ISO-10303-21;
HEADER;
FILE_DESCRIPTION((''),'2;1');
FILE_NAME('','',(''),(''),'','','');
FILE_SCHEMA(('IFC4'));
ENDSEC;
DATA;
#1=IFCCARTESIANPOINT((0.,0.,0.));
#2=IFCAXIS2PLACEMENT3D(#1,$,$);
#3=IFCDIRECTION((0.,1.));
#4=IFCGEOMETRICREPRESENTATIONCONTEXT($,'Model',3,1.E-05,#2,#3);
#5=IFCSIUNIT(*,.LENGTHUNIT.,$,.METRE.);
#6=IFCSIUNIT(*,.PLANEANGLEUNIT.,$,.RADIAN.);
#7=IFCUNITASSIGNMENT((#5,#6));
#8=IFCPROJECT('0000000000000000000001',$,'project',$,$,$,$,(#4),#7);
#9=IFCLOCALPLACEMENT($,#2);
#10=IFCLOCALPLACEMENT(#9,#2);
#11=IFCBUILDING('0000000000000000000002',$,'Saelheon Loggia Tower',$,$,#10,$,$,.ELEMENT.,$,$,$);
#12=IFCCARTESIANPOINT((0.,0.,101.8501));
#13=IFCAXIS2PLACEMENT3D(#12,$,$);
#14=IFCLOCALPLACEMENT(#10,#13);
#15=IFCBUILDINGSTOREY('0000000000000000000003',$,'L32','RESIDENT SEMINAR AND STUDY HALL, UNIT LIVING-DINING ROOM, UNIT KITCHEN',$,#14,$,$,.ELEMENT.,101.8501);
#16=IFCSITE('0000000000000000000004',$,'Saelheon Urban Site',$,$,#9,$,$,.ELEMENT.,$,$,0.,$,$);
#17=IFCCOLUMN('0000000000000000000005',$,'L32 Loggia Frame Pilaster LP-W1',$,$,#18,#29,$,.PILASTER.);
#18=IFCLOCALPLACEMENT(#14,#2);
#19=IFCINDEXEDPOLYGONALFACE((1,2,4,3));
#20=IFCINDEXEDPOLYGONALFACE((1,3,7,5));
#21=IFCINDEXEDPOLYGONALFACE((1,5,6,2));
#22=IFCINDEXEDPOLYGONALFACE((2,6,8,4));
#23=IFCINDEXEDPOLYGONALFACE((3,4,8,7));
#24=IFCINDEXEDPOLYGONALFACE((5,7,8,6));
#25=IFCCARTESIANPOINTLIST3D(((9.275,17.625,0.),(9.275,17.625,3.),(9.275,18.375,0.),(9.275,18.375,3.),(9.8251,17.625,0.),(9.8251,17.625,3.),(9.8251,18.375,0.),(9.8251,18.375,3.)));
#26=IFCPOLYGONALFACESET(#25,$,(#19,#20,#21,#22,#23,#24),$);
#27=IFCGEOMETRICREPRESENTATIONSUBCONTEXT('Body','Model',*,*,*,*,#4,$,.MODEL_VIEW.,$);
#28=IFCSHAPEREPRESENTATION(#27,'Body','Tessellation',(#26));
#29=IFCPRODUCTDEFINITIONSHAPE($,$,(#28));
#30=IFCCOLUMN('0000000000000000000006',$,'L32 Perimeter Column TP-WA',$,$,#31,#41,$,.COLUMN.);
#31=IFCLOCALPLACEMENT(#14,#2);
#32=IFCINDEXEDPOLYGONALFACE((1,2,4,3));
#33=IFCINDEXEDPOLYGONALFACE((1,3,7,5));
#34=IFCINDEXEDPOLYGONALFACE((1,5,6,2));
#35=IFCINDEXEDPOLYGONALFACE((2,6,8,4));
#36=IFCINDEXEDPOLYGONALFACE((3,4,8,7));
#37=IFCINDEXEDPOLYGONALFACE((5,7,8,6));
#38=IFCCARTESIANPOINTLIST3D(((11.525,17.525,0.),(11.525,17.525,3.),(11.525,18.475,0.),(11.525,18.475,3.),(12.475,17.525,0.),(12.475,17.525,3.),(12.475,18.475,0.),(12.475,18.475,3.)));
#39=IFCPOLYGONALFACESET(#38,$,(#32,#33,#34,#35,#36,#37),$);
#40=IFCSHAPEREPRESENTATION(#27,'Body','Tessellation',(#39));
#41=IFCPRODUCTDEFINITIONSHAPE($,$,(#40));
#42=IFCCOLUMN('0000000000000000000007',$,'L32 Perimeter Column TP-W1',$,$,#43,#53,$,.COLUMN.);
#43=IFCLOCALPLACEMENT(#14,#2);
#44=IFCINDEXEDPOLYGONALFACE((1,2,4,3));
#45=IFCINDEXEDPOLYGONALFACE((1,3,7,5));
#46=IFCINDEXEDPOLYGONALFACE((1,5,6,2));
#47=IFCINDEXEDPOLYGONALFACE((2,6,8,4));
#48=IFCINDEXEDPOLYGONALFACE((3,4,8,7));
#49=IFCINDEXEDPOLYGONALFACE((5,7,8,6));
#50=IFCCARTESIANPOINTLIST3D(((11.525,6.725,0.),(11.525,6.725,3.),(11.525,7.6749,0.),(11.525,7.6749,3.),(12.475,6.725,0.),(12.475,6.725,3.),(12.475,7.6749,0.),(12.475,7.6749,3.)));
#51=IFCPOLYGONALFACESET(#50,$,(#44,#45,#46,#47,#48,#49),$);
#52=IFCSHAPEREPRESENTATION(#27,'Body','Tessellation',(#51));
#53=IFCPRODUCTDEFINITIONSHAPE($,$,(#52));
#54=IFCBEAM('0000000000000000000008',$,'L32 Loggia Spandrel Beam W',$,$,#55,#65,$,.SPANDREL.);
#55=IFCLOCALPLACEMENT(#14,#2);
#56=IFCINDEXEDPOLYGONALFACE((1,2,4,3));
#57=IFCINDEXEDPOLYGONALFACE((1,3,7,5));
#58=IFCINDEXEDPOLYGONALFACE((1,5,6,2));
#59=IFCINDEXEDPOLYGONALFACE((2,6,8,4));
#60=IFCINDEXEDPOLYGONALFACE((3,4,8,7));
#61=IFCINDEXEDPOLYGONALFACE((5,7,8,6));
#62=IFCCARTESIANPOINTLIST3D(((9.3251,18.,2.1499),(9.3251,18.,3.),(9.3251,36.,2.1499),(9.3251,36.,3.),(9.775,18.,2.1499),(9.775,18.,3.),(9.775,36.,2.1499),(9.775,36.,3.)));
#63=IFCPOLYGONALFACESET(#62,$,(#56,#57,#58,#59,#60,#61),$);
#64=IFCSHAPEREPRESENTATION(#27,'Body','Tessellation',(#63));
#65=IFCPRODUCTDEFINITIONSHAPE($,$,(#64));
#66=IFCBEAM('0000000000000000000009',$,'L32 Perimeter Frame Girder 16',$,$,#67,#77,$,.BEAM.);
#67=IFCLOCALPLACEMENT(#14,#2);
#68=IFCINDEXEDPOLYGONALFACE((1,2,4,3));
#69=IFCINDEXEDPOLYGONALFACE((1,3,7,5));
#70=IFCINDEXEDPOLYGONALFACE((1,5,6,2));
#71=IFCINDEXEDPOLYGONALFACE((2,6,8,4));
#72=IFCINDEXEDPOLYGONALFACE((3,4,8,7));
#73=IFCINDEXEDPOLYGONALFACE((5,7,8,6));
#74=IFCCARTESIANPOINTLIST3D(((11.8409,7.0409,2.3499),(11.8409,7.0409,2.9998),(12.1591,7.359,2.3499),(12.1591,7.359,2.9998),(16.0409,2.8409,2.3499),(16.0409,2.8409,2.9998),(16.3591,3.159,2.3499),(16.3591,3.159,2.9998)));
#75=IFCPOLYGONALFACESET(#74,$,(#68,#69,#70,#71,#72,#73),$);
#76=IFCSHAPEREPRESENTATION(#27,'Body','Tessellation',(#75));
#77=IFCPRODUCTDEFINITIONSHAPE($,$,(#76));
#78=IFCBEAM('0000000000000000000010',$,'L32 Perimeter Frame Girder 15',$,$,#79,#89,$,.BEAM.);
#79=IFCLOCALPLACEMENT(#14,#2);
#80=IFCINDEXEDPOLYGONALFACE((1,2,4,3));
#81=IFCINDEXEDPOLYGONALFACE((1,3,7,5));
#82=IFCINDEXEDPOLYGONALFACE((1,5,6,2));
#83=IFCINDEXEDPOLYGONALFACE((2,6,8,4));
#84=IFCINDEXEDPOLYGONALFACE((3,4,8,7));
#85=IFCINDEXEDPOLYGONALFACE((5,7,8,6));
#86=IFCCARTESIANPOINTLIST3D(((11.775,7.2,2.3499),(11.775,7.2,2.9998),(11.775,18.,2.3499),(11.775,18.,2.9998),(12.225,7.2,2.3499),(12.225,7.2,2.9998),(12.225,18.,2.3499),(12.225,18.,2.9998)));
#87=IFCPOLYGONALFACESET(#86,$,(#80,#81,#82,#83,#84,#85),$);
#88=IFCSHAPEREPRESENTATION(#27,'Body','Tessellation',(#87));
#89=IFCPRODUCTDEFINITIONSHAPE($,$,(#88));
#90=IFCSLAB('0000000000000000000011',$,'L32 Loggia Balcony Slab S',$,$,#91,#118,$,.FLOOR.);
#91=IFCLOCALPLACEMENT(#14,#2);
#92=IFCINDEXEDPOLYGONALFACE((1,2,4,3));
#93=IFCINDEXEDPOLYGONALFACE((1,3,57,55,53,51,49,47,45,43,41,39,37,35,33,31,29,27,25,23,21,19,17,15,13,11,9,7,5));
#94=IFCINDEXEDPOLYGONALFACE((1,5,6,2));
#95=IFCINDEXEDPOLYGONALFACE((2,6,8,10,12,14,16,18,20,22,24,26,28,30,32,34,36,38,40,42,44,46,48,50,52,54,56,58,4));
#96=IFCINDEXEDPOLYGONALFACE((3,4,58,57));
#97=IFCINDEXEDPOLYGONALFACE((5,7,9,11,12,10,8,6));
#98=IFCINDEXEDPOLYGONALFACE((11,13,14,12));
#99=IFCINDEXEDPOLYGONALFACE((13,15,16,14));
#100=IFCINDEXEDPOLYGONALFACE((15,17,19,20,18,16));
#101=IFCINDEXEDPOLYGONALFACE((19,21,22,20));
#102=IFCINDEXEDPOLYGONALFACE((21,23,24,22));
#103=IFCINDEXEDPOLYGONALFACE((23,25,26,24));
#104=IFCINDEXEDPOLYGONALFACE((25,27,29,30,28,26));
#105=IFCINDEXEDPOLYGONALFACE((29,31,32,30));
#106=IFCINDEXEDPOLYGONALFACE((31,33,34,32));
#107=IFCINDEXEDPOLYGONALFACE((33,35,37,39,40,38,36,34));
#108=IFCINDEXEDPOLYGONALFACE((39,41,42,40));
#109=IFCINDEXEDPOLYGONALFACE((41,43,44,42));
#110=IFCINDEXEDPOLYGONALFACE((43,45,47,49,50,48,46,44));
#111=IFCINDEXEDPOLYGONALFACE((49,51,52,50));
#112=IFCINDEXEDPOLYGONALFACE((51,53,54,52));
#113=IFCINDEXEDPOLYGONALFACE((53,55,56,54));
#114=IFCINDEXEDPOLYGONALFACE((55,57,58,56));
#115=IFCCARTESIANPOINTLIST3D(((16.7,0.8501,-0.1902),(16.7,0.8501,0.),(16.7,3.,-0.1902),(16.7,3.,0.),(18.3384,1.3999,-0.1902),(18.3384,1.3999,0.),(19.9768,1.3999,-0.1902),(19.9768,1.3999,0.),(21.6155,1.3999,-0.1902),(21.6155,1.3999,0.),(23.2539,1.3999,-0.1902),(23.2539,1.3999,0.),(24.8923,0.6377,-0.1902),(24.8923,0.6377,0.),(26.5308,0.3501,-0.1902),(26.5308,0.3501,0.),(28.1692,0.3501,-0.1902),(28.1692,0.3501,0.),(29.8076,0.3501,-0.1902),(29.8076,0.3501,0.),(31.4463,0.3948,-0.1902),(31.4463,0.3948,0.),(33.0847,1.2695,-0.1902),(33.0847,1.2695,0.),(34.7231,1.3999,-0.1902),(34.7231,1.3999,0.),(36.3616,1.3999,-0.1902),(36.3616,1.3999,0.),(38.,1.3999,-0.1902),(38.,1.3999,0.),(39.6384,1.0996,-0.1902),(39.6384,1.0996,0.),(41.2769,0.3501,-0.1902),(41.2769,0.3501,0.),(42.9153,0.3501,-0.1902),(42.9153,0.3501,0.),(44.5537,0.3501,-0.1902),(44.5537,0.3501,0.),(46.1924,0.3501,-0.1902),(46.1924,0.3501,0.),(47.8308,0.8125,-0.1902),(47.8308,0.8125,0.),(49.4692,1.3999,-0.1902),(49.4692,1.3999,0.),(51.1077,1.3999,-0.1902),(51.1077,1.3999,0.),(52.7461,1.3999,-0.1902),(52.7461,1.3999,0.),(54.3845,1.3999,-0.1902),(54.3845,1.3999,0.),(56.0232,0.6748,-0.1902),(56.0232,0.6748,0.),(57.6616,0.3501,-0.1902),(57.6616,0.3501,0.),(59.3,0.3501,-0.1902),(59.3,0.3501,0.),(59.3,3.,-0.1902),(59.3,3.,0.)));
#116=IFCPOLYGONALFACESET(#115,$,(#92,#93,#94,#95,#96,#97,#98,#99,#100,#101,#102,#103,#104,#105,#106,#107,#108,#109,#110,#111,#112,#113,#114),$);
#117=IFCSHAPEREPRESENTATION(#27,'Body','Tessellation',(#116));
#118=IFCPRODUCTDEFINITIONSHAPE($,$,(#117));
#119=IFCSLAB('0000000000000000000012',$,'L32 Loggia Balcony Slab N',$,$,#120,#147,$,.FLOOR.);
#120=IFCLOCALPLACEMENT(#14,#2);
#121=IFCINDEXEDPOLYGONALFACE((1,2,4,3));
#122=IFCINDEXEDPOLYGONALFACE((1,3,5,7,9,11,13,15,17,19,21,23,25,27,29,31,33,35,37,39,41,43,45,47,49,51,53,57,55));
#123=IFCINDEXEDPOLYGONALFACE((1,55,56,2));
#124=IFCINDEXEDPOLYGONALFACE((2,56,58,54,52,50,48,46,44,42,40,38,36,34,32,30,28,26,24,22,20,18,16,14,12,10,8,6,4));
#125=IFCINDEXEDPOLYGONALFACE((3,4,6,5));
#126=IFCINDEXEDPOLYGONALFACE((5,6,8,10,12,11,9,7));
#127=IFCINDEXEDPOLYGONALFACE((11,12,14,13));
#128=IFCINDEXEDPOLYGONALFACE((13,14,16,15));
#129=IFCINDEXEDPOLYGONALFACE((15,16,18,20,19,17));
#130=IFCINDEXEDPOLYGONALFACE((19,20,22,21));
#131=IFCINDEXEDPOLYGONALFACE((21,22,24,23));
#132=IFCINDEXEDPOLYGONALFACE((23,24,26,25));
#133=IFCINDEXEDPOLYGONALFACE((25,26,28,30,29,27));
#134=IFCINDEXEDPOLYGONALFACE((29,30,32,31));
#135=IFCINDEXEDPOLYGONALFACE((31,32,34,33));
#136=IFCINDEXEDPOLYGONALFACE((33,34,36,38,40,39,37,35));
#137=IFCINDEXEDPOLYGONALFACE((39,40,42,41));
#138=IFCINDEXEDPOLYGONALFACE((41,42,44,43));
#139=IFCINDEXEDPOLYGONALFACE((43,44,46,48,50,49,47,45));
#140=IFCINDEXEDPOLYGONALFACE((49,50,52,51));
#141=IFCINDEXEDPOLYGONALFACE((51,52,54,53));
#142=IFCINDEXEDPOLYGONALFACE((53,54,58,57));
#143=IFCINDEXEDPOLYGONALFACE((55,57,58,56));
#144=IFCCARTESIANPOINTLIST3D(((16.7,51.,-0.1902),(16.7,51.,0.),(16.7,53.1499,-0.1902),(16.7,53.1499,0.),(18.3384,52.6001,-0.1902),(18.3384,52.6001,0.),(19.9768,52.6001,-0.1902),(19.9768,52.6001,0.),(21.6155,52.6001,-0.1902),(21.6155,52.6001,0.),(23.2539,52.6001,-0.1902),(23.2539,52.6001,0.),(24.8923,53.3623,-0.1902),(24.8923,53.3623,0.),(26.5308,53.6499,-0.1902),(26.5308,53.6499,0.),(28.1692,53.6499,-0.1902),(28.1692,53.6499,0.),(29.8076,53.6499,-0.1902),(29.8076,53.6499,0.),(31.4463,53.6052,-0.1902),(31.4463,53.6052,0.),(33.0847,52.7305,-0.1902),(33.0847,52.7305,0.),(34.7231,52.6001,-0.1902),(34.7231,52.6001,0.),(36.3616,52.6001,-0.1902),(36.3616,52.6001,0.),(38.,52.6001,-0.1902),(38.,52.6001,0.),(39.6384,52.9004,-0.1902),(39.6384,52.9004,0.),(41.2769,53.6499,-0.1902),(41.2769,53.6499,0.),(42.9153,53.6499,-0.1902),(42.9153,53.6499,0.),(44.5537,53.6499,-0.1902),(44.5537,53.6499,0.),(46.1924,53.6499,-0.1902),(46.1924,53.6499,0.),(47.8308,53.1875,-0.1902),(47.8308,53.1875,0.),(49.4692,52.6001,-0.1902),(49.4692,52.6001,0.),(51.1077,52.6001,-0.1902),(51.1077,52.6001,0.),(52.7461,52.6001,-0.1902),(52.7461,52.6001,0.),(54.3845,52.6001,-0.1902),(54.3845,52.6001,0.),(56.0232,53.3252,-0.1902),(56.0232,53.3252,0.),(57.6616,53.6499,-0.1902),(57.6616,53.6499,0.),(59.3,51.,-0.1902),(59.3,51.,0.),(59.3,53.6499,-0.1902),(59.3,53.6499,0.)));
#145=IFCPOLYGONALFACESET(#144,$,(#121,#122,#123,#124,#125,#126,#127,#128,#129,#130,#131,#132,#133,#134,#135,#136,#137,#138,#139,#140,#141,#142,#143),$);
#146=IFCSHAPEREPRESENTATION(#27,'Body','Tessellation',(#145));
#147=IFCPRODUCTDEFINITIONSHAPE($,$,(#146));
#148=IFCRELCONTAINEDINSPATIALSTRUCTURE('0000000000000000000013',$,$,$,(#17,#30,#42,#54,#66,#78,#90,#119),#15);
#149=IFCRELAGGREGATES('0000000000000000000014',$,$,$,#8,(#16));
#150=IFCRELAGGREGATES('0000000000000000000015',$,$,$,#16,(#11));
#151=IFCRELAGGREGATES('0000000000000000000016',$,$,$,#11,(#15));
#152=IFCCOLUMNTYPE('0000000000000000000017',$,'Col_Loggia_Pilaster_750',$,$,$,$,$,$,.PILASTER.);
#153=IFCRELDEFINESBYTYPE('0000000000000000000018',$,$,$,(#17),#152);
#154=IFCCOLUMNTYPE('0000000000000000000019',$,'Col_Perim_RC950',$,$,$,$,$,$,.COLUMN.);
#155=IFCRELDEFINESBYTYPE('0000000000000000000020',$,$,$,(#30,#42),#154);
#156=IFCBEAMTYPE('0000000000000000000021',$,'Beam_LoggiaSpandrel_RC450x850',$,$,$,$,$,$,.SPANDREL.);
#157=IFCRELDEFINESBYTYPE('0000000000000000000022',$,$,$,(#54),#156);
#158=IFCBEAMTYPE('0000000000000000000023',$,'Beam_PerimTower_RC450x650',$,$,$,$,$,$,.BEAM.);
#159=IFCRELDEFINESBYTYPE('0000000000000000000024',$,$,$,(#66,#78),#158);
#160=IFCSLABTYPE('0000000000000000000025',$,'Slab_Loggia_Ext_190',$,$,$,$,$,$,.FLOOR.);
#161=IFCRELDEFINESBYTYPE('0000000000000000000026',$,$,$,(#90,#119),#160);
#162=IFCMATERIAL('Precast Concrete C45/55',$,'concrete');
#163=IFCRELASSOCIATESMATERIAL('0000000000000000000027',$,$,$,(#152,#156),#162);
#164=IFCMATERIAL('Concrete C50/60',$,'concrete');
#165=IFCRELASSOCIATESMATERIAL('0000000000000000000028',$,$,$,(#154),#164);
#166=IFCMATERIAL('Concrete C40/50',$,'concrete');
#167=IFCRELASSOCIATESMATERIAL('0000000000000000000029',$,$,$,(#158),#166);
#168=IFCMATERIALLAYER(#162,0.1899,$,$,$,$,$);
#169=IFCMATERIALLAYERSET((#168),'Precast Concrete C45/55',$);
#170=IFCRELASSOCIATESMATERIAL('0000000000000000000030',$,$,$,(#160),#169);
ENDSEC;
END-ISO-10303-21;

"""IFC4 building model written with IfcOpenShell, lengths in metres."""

from ifc_helpers import new_model, si_unit, direction, frame, origin, origin_2d, place, context, subcontext, project, spatial, polyline, rectangle, outline, extrude, source, transform, mapped, material, layer, layer_set, material_profile, profile_set, type_object, element, save


model = new_model("IFC4")

# Units and contexts
model_context = context("Model", 3, precision=1e-05, world=origin(), true_north=direction((0.0, 1.0)))
body_context = subcontext(model_context, "Body", "Model", "MODEL_VIEW")
ifc_project = project(units=[si_unit("LENGTHUNIT", "METRE"), si_unit("PLANEANGLEUNIT", "RADIAN")], contexts=[model_context])

# Site, building, storey
site_placement = place(None, origin())
site = spatial("IfcSite", under=ifc_project, at=site_placement, Name="Saelheon Urban Site", CompositionType="ELEMENT", RefElevation=0.0)
building_placement = place(site_placement, origin())
building = spatial("IfcBuilding", under=site, at=building_placement, Name="Saelheon Loggia Tower", CompositionType="ELEMENT")
storey_placement = place(building_placement, frame((0.0, 0.0, 101.8501)))
storey = spatial("IfcBuildingStorey", under=building, at=storey_placement, Name="L32", Description="RESIDENT SEMINAR AND STUDY HALL, UNIT LIVING-DINING ROOM, UNIT KITCHEN", CompositionType="ELEMENT", Elevation=101.8501)

# Columns
ifc_material_1 = material(Name="Precast Concrete C45/55", Category="concrete")
ifc_material_profile_1 = material_profile(ifc_material_1, rectangle(XDim=0.55, YDim=0.75, at=origin_2d()), Name="RC-550x750")
ifc_profile_set_1 = profile_set([ifc_material_profile_1], Name="Precast Concrete C45/55")
column_type_1 = type_object("IfcColumnType", Name="Col_Loggia_Pilaster_750", PredefinedType="PILASTER", material=ifc_profile_set_1)
shared_shape_1 = source(origin(), body_context, "Body", "SweptSolid", [
    extrude(rectangle(XDim=0.55, YDim=0.75, at=origin_2d()), origin(), (0.0, 0.0, 1.0), 3.0),
])
column_placement = place(storey_placement, frame((9.55, 18.0, 0.0), z_axis=(0.0, 0.0, 1.0), x_axis=(1.0, 0.0, 0.0)))
element("IfcColumn", 1, at=column_placement, inside=storey, type_object=column_type_1, Name="L32 Loggia Frame Pilaster LP-W1", PredefinedType="PILASTER", context=body_context, shape_type="MappedRepresentation", body=[
    mapped(shared_shape_1, transform((0.0, 0.0, 0.0), scale=1.0)),
])
ifc_material_2 = material(Name="Concrete C50/60", Category="concrete")
ifc_material_profile_2 = material_profile(ifc_material_2, rectangle(XDim=0.95, YDim=0.95, at=origin_2d()), Name="RC-950x950")
ifc_profile_set_2 = profile_set([ifc_material_profile_2], Name="Concrete C50/60")
column_type_2 = type_object("IfcColumnType", Name="Col_Perim_RC950", PredefinedType="COLUMN", material=ifc_profile_set_2)
shared_shape_2 = source(origin(), body_context, "Body", "SweptSolid", [
    extrude(rectangle(XDim=0.95, YDim=0.95, at=origin_2d()), origin(), (0.0, 0.0, 1.0), 3.0),
])
for number, where, z_axis, x_axis, name in (
    (2, (12.0, 18.0, 0.0), (0.0, 0.0, 1.0), (1.0, 0.0, 0.0), "L32 Perimeter Column TP-WA"),
    (3, (12.0, 7.2, 0.0), (0.0, 0.0, 1.0), (1.0, 0.0, 0.0), "L32 Perimeter Column TP-W1"),
):
    element("IfcColumn", number, at=place(storey_placement, frame(where, z_axis=z_axis, x_axis=x_axis)), inside=storey, type_object=column_type_2, Name=name, PredefinedType="COLUMN", context=body_context, shape_type="MappedRepresentation", body=[
        mapped(shared_shape_2, transform((0.0, 0.0, 0.0), scale=1.0)),
    ])

# Beams
ifc_material_profile_3 = material_profile(ifc_material_1, rectangle(XDim=0.45, YDim=0.8501, at=origin_2d()), Name="RC-450x850")
ifc_profile_set_3 = profile_set([ifc_material_profile_3], Name="Precast Concrete C45/55")
beam_type_1 = type_object("IfcBeamType", Name="Beam_LoggiaSpandrel_RC450x850", PredefinedType="SPANDREL", material=ifc_profile_set_3)
shared_shape_3 = source(origin(), body_context, "Body", "SweptSolid", [
    extrude(rectangle(XDim=0.45, YDim=0.8501, at=origin_2d()), origin(), (0.0, 0.0, 1.0), 18.0),
])
beam_1_placement = place(storey_placement, frame((9.55, 18.0, 2.575), z_axis=(0.0, 1.0, 0.0), x_axis=(-1.0, 0.0, 0.0)))
element("IfcBeam", 4, at=beam_1_placement, inside=storey, type_object=beam_type_1, Name="L32 Loggia Spandrel Beam W", PredefinedType="SPANDREL", context=body_context, shape_type="MappedRepresentation", body=[
    mapped(shared_shape_3, transform((0.0, 0.0, 0.0), scale=1.0)),
])
ifc_material_3 = material(Name="Concrete C40/50", Category="concrete")
ifc_material_profile_4 = material_profile(ifc_material_3, rectangle(XDim=0.45, YDim=0.6499, at=origin_2d()), Name="RC-450x650")
ifc_profile_set_4 = profile_set([ifc_material_profile_4], Name="Concrete C40/50")
beam_type_2 = type_object("IfcBeamType", Name="Beam_PerimTower_RC450x650", PredefinedType="BEAM", material=ifc_profile_set_4)
shared_shape_4 = source(origin(), body_context, "Body", "SweptSolid", [
    extrude(rectangle(XDim=0.45, YDim=0.6499, at=origin_2d()), origin(), (0.0, 0.0, 1.0), 5.9397),
])
beam_2_placement = place(storey_placement, frame((12.0, 7.2, 2.6748), z_axis=(0.707107, -0.707107, 0.0), x_axis=(0.707107, 0.707107, 0.0)))
element("IfcBeam", 5, at=beam_2_placement, inside=storey, type_object=beam_type_2, Name="L32 Perimeter Frame Girder 16", PredefinedType="BEAM", context=body_context, shape_type="MappedRepresentation", body=[
    mapped(shared_shape_4, transform((0.0, 0.0, 0.0), scale=1.0)),
])
shared_shape_5 = source(origin(), body_context, "Body", "SweptSolid", [
    extrude(rectangle(XDim=0.45, YDim=0.6499, at=origin_2d()), origin(), (0.0, 0.0, 1.0), 10.8),
])
beam_3_placement = place(storey_placement, frame((12.0, 18.0, 2.6748), z_axis=(0.0, -1.0, 0.0), x_axis=(1.0, 0.0, 0.0)))
element("IfcBeam", 6, at=beam_3_placement, inside=storey, type_object=beam_type_2, Name="L32 Perimeter Frame Girder 15", PredefinedType="BEAM", context=body_context, shape_type="MappedRepresentation", body=[
    mapped(shared_shape_5, transform((0.0, 0.0, 0.0), scale=1.0)),
])

# Slabs
ifc_layer_1 = layer(ifc_material_1, 0.1899)
ifc_layer_set_1 = layer_set([ifc_layer_1], Name="Precast Concrete C45/55")
slab_type_1 = type_object("IfcSlabType", Name="Slab_Loggia_Ext_190", PredefinedType="FLOOR", material=ifc_layer_set_1)
slab_1_placement = place(storey_placement, frame((0.0, 0.0, -0.1902)))
element("IfcSlab", 7, at=slab_1_placement, inside=storey, type_object=slab_type_1, Name="L32 Loggia Balcony Slab S", PredefinedType="FLOOR", context=body_context, shape_type="SweptSolid", body=[
    extrude(outline(polyline([(16.7, 0.8501), (18.3384, 1.3999), (19.9768, 1.3999), (21.6155, 1.3999), (23.2539, 1.3999), (24.8923, 0.6377), (26.5308, 0.3501), (28.1692, 0.3501), (29.8076, 0.3501), (31.4463, 0.3948), (33.0847, 1.2695), (34.7231, 1.3999), (36.3616, 1.3999), (38.0, 1.3999), (39.6384, 1.0996), (41.2769, 0.3501), (42.9153, 0.3501), (44.5537, 0.3501), (46.1924, 0.3501), (47.8308, 0.8125), (49.4692, 1.3999), (51.1077, 1.3999), (52.7461, 1.3999), (54.3845, 1.3999), (56.0232, 0.6748), (57.6616, 0.3501), (59.3, 0.3501), (59.3, 3.0), (16.7, 3.0), (16.7, 0.8501)])), origin(), (0.0, 0.0, 1.0), 0.1902),
])
slab_2_placement = place(storey_placement, frame((0.0, 0.0, -0.1902)))
element("IfcSlab", 8, at=slab_2_placement, inside=storey, type_object=slab_type_1, Name="L32 Loggia Balcony Slab N", PredefinedType="FLOOR", context=body_context, shape_type="SweptSolid", body=[
    extrude(outline(polyline([(16.7, 51.0), (59.3, 51.0), (59.3, 53.6499), (57.6616, 53.6499), (56.0232, 53.3252), (54.3845, 52.6001), (52.7461, 52.6001), (51.1077, 52.6001), (49.4692, 52.6001), (47.8308, 53.1875), (46.1924, 53.6499), (44.5537, 53.6499), (42.9153, 53.6499), (41.2769, 53.6499), (39.6384, 52.9004), (38.0, 52.6001), (36.3616, 52.6001), (34.7231, 52.6001), (33.0847, 52.7305), (31.4463, 53.6052), (29.8076, 53.6499), (28.1692, 53.6499), (26.5308, 53.6499), (24.8923, 53.3623), (23.2539, 52.6001), (21.6155, 52.6001), (19.9768, 52.6001), (18.3384, 52.6001), (16.7, 53.1499), (16.7, 51.0)])), origin(), (0.0, 0.0, 1.0), 0.1902),
])

save(model, "model.ifc")
